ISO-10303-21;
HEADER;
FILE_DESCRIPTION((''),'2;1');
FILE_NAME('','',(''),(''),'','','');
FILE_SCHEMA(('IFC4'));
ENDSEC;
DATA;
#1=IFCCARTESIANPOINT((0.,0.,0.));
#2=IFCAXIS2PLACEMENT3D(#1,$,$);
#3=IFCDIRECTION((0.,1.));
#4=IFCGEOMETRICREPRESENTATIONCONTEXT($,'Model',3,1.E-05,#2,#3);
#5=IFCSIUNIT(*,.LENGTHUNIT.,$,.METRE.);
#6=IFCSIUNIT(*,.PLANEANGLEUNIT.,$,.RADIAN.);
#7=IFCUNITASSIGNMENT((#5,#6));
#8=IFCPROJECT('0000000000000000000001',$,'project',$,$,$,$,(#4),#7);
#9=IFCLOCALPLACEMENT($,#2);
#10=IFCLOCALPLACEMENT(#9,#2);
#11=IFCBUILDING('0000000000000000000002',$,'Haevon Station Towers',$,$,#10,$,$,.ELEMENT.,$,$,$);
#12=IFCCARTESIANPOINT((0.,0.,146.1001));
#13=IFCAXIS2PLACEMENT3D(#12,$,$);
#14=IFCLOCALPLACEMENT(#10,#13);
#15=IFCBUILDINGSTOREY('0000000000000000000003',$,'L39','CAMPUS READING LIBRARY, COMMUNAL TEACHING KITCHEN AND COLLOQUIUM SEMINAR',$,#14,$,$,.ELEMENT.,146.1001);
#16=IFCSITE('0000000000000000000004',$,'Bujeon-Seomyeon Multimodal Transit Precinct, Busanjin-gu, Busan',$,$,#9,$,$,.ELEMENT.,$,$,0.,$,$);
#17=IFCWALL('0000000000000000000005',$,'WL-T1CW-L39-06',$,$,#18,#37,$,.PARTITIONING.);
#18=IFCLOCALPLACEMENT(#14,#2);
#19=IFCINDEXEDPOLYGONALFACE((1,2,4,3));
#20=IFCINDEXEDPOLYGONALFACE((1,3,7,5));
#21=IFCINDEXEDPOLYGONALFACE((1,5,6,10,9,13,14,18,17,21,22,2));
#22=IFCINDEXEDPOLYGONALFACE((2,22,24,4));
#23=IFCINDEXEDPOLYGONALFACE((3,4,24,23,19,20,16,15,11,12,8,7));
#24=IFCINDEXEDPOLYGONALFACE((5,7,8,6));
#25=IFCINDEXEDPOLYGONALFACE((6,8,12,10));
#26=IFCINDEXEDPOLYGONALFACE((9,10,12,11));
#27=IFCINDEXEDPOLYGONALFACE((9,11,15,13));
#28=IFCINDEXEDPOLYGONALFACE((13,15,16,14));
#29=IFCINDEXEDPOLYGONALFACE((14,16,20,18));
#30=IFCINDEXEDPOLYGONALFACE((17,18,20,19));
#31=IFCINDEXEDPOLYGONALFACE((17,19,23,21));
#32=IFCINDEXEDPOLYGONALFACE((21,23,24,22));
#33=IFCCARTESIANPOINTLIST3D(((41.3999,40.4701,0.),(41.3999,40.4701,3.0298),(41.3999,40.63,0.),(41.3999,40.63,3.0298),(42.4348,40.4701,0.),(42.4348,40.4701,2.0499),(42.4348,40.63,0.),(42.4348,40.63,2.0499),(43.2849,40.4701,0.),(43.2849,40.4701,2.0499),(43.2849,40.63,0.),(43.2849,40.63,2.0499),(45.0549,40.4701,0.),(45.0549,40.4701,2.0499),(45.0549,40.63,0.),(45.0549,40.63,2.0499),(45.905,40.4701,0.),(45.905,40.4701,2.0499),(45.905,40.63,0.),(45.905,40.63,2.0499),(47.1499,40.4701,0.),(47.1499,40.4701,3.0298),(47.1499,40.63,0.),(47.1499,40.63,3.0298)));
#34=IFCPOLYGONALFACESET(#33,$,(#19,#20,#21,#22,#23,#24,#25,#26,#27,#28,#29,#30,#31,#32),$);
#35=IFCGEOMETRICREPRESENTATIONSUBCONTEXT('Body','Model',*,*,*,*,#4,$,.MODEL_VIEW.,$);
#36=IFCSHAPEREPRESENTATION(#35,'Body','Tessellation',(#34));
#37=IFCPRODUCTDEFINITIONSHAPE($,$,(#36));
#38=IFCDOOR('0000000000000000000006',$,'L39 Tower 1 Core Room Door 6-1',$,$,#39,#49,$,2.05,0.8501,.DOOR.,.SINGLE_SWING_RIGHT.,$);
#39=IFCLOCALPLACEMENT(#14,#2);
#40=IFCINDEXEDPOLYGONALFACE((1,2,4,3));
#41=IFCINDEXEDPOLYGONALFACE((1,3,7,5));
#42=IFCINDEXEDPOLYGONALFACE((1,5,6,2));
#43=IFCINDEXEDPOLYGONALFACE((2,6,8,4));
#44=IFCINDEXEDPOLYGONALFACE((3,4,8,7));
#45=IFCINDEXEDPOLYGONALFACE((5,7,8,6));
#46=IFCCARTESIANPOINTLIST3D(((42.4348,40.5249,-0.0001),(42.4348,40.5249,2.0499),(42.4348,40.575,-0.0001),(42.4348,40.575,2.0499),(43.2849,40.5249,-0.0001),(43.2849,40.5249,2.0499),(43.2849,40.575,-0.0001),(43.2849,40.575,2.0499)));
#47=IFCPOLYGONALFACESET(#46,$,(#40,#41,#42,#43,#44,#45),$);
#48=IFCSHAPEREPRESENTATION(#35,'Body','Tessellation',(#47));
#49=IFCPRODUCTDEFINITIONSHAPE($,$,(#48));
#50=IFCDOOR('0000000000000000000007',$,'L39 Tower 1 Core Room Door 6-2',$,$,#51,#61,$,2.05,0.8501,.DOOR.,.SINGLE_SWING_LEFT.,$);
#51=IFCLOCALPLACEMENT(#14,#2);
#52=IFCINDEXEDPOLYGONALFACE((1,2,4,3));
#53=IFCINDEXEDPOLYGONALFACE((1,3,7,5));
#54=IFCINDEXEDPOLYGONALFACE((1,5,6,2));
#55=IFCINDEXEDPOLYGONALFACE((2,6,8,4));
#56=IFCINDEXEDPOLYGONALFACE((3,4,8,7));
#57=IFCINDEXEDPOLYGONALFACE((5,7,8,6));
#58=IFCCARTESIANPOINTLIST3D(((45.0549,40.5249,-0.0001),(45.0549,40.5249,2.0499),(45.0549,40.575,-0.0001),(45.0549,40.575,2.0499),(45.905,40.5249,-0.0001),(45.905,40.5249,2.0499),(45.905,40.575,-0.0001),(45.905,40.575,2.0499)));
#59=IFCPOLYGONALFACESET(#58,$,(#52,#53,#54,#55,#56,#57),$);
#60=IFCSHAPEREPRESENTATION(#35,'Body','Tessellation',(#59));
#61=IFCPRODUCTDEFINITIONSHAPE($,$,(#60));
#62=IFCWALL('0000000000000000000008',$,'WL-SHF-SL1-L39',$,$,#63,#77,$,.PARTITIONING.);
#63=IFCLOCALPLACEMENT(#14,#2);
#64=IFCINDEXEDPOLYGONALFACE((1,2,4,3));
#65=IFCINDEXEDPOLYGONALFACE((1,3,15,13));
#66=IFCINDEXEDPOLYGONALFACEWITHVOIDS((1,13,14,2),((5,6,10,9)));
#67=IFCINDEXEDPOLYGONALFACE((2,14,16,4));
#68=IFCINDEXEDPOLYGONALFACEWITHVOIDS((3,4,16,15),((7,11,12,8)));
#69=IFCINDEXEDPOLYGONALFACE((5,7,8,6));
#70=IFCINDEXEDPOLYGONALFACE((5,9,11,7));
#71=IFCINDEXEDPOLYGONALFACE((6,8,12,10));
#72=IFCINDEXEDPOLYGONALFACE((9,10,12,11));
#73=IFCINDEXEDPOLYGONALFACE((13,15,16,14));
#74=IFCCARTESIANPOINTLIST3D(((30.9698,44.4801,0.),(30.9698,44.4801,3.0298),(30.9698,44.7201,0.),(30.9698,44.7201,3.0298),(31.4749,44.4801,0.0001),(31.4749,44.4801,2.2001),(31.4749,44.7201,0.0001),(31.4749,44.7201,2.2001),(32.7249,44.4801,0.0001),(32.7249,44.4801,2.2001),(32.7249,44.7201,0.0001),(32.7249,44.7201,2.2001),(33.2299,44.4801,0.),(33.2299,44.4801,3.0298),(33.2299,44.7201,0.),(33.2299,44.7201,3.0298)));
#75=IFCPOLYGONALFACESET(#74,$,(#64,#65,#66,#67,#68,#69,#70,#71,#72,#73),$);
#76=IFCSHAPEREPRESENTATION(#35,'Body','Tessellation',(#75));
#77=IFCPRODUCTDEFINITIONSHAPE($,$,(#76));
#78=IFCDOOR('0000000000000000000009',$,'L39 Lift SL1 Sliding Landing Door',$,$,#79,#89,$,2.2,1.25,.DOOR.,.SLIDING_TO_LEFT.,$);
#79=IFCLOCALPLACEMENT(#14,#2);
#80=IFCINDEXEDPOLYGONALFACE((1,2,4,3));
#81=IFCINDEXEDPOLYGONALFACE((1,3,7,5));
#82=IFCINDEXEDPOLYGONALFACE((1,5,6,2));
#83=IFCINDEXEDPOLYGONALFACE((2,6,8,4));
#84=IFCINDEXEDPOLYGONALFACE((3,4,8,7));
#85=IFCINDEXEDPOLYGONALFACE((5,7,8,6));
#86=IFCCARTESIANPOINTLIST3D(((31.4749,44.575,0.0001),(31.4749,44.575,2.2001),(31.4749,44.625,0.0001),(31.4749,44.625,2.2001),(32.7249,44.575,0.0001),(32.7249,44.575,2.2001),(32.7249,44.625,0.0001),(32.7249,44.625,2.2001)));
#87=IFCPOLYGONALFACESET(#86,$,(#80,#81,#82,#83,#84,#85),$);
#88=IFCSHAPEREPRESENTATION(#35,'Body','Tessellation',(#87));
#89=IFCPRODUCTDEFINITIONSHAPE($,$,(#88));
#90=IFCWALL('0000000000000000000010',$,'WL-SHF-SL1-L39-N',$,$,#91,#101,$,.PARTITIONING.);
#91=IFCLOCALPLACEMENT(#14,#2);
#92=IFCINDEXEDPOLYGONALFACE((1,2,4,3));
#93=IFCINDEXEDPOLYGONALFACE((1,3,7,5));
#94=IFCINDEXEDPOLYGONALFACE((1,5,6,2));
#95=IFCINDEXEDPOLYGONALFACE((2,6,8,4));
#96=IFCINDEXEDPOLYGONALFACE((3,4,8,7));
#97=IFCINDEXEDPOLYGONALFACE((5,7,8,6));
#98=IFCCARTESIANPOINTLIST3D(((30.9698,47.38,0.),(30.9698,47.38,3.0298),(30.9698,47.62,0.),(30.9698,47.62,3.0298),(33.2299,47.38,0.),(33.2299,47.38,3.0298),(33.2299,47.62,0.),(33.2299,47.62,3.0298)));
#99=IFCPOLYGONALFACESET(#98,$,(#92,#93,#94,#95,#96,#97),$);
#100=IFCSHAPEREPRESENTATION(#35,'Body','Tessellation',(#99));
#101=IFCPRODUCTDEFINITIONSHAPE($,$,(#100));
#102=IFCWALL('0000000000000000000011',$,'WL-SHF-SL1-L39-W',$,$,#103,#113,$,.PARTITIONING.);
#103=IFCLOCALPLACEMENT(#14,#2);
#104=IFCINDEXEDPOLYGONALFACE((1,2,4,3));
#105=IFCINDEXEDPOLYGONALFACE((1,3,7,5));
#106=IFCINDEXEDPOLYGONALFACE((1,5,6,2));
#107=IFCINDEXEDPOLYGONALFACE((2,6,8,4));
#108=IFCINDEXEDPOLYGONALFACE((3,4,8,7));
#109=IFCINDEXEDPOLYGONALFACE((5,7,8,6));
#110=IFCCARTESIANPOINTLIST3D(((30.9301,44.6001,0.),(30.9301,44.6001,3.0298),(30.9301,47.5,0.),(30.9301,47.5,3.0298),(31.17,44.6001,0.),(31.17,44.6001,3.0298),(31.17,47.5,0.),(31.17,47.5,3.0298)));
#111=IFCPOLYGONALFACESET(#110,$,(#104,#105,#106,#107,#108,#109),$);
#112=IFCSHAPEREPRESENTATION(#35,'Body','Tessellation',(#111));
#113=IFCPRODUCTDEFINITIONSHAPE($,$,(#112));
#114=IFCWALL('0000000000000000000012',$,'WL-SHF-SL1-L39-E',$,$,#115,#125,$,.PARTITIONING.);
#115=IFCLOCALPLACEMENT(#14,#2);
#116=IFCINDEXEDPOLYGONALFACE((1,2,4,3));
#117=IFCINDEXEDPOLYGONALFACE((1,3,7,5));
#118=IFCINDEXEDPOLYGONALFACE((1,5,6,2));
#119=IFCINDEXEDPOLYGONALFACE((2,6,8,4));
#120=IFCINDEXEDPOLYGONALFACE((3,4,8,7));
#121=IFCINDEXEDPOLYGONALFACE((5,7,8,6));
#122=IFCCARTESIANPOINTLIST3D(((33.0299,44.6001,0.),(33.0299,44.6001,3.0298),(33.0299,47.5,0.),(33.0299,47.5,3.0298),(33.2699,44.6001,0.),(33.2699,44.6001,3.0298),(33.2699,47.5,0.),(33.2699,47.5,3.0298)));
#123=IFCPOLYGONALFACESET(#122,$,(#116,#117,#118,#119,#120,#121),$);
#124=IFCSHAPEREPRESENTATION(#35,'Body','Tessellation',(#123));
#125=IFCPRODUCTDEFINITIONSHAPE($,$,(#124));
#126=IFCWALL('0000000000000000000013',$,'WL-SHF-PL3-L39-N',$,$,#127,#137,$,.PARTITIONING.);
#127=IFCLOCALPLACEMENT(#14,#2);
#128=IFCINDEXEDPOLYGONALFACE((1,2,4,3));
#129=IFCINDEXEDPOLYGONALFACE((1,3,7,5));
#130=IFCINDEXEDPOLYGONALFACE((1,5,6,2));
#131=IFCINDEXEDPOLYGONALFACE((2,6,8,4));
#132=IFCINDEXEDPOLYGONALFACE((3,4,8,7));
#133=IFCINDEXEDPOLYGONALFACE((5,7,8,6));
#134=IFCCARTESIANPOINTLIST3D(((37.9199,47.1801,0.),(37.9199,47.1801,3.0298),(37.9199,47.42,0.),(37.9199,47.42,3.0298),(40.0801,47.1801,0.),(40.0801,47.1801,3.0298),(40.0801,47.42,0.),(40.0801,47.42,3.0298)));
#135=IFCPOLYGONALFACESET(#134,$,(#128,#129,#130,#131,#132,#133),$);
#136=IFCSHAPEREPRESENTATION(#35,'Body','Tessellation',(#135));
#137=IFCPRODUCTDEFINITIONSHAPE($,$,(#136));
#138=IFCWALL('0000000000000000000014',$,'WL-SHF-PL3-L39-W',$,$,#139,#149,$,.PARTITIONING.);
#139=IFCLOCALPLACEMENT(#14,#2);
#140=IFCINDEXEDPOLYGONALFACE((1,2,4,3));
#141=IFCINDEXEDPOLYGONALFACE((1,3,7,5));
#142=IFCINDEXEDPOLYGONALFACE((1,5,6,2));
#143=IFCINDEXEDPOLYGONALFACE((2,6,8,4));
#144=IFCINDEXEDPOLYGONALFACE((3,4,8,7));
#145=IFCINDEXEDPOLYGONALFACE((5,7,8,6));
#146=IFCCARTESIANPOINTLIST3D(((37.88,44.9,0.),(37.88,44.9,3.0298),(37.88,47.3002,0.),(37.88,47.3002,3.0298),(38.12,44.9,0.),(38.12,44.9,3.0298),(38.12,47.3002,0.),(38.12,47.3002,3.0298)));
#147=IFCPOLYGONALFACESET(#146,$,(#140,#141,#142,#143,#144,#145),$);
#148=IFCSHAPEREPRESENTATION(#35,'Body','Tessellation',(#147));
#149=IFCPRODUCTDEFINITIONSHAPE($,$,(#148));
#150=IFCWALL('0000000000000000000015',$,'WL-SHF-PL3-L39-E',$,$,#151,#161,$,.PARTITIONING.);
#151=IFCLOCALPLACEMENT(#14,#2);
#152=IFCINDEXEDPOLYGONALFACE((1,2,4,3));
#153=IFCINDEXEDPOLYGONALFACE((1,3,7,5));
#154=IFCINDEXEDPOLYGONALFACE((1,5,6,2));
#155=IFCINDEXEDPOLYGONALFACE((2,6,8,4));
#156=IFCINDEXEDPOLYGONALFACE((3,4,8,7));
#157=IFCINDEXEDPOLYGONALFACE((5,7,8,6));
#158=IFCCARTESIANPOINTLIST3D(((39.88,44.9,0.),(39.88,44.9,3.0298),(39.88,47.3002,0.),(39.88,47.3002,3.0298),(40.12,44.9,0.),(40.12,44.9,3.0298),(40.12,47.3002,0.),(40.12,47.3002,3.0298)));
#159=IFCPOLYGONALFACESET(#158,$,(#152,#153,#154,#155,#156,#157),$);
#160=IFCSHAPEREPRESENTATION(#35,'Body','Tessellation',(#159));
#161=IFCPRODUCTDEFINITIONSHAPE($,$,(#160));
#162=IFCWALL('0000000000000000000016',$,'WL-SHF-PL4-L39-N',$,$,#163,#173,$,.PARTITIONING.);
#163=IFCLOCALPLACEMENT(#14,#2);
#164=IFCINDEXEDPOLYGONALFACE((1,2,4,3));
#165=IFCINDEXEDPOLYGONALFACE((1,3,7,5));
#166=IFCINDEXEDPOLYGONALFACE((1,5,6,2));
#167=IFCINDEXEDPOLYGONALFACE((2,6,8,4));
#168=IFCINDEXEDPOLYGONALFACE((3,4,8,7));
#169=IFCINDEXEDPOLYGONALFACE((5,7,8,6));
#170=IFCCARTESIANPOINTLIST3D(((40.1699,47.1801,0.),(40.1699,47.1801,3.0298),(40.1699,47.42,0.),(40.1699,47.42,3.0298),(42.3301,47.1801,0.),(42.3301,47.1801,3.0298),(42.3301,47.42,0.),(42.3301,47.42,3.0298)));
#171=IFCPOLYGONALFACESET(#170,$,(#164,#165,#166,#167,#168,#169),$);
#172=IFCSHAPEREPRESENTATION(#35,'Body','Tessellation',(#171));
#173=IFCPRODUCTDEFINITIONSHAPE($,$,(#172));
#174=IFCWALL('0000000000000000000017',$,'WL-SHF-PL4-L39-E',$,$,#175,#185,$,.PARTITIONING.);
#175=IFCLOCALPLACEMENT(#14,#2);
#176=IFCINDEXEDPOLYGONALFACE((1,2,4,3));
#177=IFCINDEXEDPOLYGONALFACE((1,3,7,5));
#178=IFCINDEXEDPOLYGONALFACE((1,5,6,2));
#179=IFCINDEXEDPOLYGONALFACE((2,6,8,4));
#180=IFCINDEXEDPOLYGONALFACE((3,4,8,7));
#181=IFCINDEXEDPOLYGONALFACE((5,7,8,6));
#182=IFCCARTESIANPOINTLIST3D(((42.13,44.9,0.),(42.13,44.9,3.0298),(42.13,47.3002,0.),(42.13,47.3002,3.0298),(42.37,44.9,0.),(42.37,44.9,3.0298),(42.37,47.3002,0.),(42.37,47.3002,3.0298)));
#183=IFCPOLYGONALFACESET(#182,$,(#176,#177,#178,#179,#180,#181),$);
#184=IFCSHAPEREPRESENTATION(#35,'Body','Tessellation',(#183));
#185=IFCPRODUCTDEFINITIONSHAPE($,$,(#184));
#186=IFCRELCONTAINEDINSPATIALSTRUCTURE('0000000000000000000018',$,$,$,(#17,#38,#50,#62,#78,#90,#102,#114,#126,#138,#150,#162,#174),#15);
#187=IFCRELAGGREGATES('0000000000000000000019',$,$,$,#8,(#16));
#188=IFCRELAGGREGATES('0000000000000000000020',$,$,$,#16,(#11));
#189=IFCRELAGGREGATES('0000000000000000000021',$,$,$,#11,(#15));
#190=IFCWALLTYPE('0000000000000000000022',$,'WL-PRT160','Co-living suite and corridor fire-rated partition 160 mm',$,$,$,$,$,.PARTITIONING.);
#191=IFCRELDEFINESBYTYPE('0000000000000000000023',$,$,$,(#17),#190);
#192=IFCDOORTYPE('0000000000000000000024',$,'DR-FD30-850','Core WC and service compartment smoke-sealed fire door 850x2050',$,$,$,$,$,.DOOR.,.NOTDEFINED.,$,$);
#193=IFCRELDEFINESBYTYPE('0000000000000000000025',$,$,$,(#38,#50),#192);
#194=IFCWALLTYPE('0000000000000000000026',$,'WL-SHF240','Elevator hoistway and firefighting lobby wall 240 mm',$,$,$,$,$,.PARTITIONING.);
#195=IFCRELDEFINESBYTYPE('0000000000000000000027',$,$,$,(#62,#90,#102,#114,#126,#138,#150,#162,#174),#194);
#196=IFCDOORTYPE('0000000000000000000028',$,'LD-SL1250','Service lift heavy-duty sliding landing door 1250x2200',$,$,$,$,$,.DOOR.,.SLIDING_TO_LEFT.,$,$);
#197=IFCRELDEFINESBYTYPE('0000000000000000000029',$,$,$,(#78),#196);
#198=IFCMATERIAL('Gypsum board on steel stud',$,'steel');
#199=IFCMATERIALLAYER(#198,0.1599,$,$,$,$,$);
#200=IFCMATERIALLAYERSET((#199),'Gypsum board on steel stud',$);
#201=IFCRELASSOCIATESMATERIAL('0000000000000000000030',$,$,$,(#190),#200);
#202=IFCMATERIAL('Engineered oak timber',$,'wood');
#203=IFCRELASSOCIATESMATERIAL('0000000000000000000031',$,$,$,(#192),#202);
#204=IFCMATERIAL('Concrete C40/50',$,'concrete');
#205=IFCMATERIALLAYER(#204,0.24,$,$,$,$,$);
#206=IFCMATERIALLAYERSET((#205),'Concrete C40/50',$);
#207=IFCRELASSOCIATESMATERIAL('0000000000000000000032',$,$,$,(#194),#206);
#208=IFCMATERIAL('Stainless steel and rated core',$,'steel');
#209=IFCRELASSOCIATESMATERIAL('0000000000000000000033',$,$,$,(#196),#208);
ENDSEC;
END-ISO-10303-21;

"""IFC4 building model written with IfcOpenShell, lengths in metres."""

from ifc_helpers import new_model, si_unit, direction, frame, frame_2d, origin, place, context, subcontext, project, spatial, rectangle, extrude, material, layer, layer_set, type_object, element, fill, save


model = new_model("IFC4")

# Units and contexts
model_context = context("Model", 3, precision=1e-05, world=origin(), true_north=direction((0.0, 1.0)))
body_context = subcontext(model_context, "Body", "Model", "MODEL_VIEW")
ifc_project = project(units=[si_unit("LENGTHUNIT", "METRE"), si_unit("PLANEANGLEUNIT", "RADIAN")], contexts=[model_context])

# Site, building, storey
site_placement = place(None, origin())
site = spatial("IfcSite", under=ifc_project, at=site_placement, Name="Bujeon-Seomyeon Multimodal Transit Precinct, Busanjin-gu, Busan", CompositionType="ELEMENT", RefElevation=0.0)
building_placement = place(site_placement, origin())
building = spatial("IfcBuilding", under=site, at=building_placement, Name="Haevon Station Towers", CompositionType="ELEMENT")
storey_placement = place(building_placement, frame((0.0, 0.0, 146.1001)))
storey = spatial("IfcBuildingStorey", under=building, at=storey_placement, Name="L39", Description="CAMPUS READING LIBRARY, COMMUNAL TEACHING KITCHEN AND COLLOQUIUM SEMINAR", CompositionType="ELEMENT", Elevation=146.1001)

# Shared definitions
ifc_material_1 = material(Name="Gypsum board on steel stud", Category="steel")
ifc_layer_1 = layer(ifc_material_1, 0.1599)
ifc_layer_set_1 = layer_set([ifc_layer_1], Name="Gypsum board on steel stud")
wall_type_1 = type_object("IfcWallType", Name="WL-PRT160", Description="Co-living suite and corridor fire-rated partition 160 mm", PredefinedType="PARTITIONING", material=ifc_layer_set_1)
ifc_material_2 = material(Name="Engineered oak timber", Category="wood")

# Wall, openings, doors
wall_1_placement = place(storey_placement, frame((41.3999, 40.55, 0.0), z_axis=(0.0, 0.0, 1.0), x_axis=(1.0, 0.0, 0.0)))
wall_1 = element("IfcWall", 1, at=wall_1_placement, inside=storey, type_object=wall_type_1, Name="WL-T1CW-L39-06", PredefinedType="PARTITIONING", context=body_context, shape_type="SweptSolid", body=[
    extrude(rectangle(XDim=5.75, YDim=0.1599, at=frame_2d((2.875, 0.0))), origin(), (0.0, 0.0, 1.0), 3.0298),
])
opening_1_placement = place(wall_1_placement, frame((1.0349, 0.0, 0.0)))
opening_1 = element("IfcOpeningElement", 2, at=opening_1_placement, cuts=wall_1, PredefinedType="OPENING", context=body_context, shape_type="SweptSolid", body=[
    extrude(rectangle(XDim=0.8501, YDim=2.05, at=frame_2d((0.425, 1.0249))), frame((0.0, 0.0898, 0.0), z_axis=(0.0, -1.0, 0.0), x_axis=(1.0, 0.0, 0.0)), (0.0, 0.0, 1.0), 0.1799),
])
opening_2_placement = place(wall_1_placement, frame((3.655, 0.0, 0.0)))
opening_2 = element("IfcOpeningElement", 3, at=opening_2_placement, cuts=wall_1, PredefinedType="OPENING", context=body_context, shape_type="SweptSolid", body=[
    extrude(rectangle(XDim=0.8501, YDim=2.05, at=frame_2d((0.425, 1.0249))), frame((0.0, 0.0898, 0.0), z_axis=(0.0, -1.0, 0.0), x_axis=(1.0, 0.0, 0.0)), (0.0, 0.0, 1.0), 0.1799),
])
door_type_1 = type_object("IfcDoorType", Name="DR-FD30-850", Description="Core WC and service compartment smoke-sealed fire door 850x2050", OperationType="NOTDEFINED", PredefinedType="DOOR", material=ifc_material_2)
door_1_placement = place(opening_1_placement, origin())
door_1 = element("IfcDoor", 4, at=door_1_placement, inside=storey, type_object=door_type_1, Name="L39 Tower 1 Core Room Door 6-1", OperationType="SINGLE_SWING_RIGHT", OverallHeight=2.05, OverallWidth=0.8501, PredefinedType="DOOR", context=body_context, shape_type="SweptSolid", body=[
    extrude(rectangle(XDim=0.8501, YDim=2.05, at=frame_2d((0.425, 1.0249))), frame((0.0, 0.0249, 0.0), z_axis=(0.0, -1.0, 0.0), x_axis=(1.0, 0.0, 0.0)), (0.0, 0.0, 1.0), 0.05),
])
fill(opening_1, door_1)
door_2_placement = place(opening_2_placement, origin())
door_2 = element("IfcDoor", 5, at=door_2_placement, inside=storey, type_object=door_type_1, Name="L39 Tower 1 Core Room Door 6-2", OperationType="SINGLE_SWING_LEFT", OverallHeight=2.05, OverallWidth=0.8501, PredefinedType="DOOR", context=body_context, shape_type="SweptSolid", body=[
    extrude(rectangle(XDim=0.8501, YDim=2.05, at=frame_2d((0.425, 1.0249))), frame((0.0, 0.0249, 0.0), z_axis=(0.0, -1.0, 0.0), x_axis=(1.0, 0.0, 0.0)), (0.0, 0.0, 1.0), 0.05),
])
fill(opening_2, door_2)

# Wall, opening, door
ifc_material_3 = material(Name="Concrete C40/50", Category="concrete")
ifc_layer_2 = layer(ifc_material_3, 0.24)
ifc_layer_set_2 = layer_set([ifc_layer_2], Name="Concrete C40/50")
wall_type_2 = type_object("IfcWallType", Name="WL-SHF240", Description="Elevator hoistway and firefighting lobby wall 240 mm", PredefinedType="PARTITIONING", material=ifc_layer_set_2)
wall_2_placement = place(storey_placement, frame((30.97, 44.6001, 0.0), z_axis=(0.0, 0.0, 1.0), x_axis=(1.0, 0.0, 0.0)))
wall_2 = element("IfcWall", 6, at=wall_2_placement, inside=storey, type_object=wall_type_2, Name="WL-SHF-SL1-L39", PredefinedType="PARTITIONING", context=body_context, shape_type="SweptSolid", body=[
    extrude(rectangle(XDim=2.26, YDim=0.24, at=frame_2d((1.1299, 0.0))), origin(), (0.0, 0.0, 1.0), 3.0298),
])
opening_3_placement = place(wall_2_placement, frame((0.5049, 0.0, 0.0)))
opening_3 = element("IfcOpeningElement", 7, at=opening_3_placement, cuts=wall_2, PredefinedType="OPENING", context=body_context, shape_type="SweptSolid", body=[
    extrude(rectangle(XDim=1.25, YDim=2.2, at=frame_2d((0.625, 1.1001))), frame((0.0, 0.1299, 0.0), z_axis=(0.0, -1.0, 0.0), x_axis=(1.0, 0.0, 0.0)), (0.0, 0.0, 1.0), 0.26),
])
ifc_material_4 = material(Name="Stainless steel and rated core", Category="steel")
door_type_2 = type_object("IfcDoorType", Name="LD-SL1250", Description="Service lift heavy-duty sliding landing door 1250x2200", OperationType="SLIDING_TO_LEFT", PredefinedType="DOOR", material=ifc_material_4)
door_3_placement = place(opening_3_placement, origin())
door_3 = element("IfcDoor", 8, at=door_3_placement, inside=storey, type_object=door_type_2, Name="L39 Lift SL1 Sliding Landing Door", OperationType="SLIDING_TO_LEFT", OverallHeight=2.2, OverallWidth=1.25, PredefinedType="DOOR", context=body_context, shape_type="SweptSolid", body=[
    extrude(rectangle(XDim=1.25, YDim=2.2, at=frame_2d((0.625, 1.1001))), frame((0.0, 0.0249, 0.0), z_axis=(0.0, -1.0, 0.0), x_axis=(1.0, 0.0, 0.0)), (0.0, 0.0, 1.0), 0.05),
])
fill(opening_3, door_3)

# Walls
wall_3_placement = place(storey_placement, frame((30.97, 47.5, 0.0), z_axis=(0.0, 0.0, 1.0), x_axis=(1.0, 0.0, 0.0)))
element("IfcWall", 9, at=wall_3_placement, inside=storey, type_object=wall_type_2, Name="WL-SHF-SL1-L39-N", PredefinedType="PARTITIONING", context=body_context, shape_type="SweptSolid", body=[
    extrude(rectangle(XDim=2.26, YDim=0.24, at=frame_2d((1.1299, 0.0))), origin(), (0.0, 0.0, 1.0), 3.0298),
])
for number, where, z_axis, x_axis, name in (
    (10, (31.05, 44.6001, 0.0), (0.0, 0.0, 1.0), (0.0, 1.0, 0.0), "WL-SHF-SL1-L39-W"),
    (11, (33.1499, 44.6001, 0.0), (0.0, 0.0, 1.0), (0.0, 1.0, 0.0), "WL-SHF-SL1-L39-E"),
):
    element("IfcWall", number, at=place(storey_placement, frame(where, z_axis=z_axis, x_axis=x_axis)), inside=storey, type_object=wall_type_2, Name=name, PredefinedType="PARTITIONING", context=body_context, shape_type="SweptSolid", body=[
        extrude(rectangle(XDim=2.8999, YDim=0.24, at=frame_2d((1.45, 0.0))), origin(), (0.0, 0.0, 1.0), 3.0298),
    ])

# Walls
wall_4_placement = place(storey_placement, frame((37.9199, 47.3, 0.0), z_axis=(0.0, 0.0, 1.0), x_axis=(1.0, 0.0, 0.0)))
element("IfcWall", 12, at=wall_4_placement, inside=storey, type_object=wall_type_2, Name="WL-SHF-PL3-L39-N", PredefinedType="PARTITIONING", context=body_context, shape_type="SweptSolid", body=[
    extrude(rectangle(XDim=2.1602, YDim=0.24, at=frame_2d((1.0801, 0.0))), origin(), (0.0, 0.0, 1.0), 3.0298),
])
for number, where, z_axis, x_axis, name in (
    (13, (38.0, 44.8999, 0.0), (0.0, 0.0, 1.0), (0.0, 1.0, 0.0), "WL-SHF-PL3-L39-W"),
    (14, (40.0, 44.8999, 0.0), (0.0, 0.0, 1.0), (0.0, 1.0, 0.0), "WL-SHF-PL3-L39-E"),
):
    element("IfcWall", number, at=place(storey_placement, frame(where, z_axis=z_axis, x_axis=x_axis)), inside=storey, type_object=wall_type_2, Name=name, PredefinedType="PARTITIONING", context=body_context, shape_type="SweptSolid", body=[
        extrude(rectangle(XDim=2.4001, YDim=0.24, at=frame_2d((1.2002, 0.0))), origin(), (0.0, 0.0, 1.0), 3.0298),
    ])

# Walls
wall_5_placement = place(storey_placement, frame((40.1699, 47.3, 0.0), z_axis=(0.0, 0.0, 1.0), x_axis=(1.0, 0.0, 0.0)))
element("IfcWall", 15, at=wall_5_placement, inside=storey, type_object=wall_type_2, Name="WL-SHF-PL4-L39-N", PredefinedType="PARTITIONING", context=body_context, shape_type="SweptSolid", body=[
    extrude(rectangle(XDim=2.1602, YDim=0.24, at=frame_2d((1.0801, 0.0))), origin(), (0.0, 0.0, 1.0), 3.0298),
])
wall_6_placement = place(storey_placement, frame((42.25, 44.8999, 0.0), z_axis=(0.0, 0.0, 1.0), x_axis=(0.0, 1.0, 0.0)))
element("IfcWall", 16, at=wall_6_placement, inside=storey, type_object=wall_type_2, Name="WL-SHF-PL4-L39-E", PredefinedType="PARTITIONING", context=body_context, shape_type="SweptSolid", body=[
    extrude(rectangle(XDim=2.4001, YDim=0.24, at=frame_2d((1.2002, 0.0))), origin(), (0.0, 0.0, 1.0), 3.0298),
])

save(model, "model.ifc")
